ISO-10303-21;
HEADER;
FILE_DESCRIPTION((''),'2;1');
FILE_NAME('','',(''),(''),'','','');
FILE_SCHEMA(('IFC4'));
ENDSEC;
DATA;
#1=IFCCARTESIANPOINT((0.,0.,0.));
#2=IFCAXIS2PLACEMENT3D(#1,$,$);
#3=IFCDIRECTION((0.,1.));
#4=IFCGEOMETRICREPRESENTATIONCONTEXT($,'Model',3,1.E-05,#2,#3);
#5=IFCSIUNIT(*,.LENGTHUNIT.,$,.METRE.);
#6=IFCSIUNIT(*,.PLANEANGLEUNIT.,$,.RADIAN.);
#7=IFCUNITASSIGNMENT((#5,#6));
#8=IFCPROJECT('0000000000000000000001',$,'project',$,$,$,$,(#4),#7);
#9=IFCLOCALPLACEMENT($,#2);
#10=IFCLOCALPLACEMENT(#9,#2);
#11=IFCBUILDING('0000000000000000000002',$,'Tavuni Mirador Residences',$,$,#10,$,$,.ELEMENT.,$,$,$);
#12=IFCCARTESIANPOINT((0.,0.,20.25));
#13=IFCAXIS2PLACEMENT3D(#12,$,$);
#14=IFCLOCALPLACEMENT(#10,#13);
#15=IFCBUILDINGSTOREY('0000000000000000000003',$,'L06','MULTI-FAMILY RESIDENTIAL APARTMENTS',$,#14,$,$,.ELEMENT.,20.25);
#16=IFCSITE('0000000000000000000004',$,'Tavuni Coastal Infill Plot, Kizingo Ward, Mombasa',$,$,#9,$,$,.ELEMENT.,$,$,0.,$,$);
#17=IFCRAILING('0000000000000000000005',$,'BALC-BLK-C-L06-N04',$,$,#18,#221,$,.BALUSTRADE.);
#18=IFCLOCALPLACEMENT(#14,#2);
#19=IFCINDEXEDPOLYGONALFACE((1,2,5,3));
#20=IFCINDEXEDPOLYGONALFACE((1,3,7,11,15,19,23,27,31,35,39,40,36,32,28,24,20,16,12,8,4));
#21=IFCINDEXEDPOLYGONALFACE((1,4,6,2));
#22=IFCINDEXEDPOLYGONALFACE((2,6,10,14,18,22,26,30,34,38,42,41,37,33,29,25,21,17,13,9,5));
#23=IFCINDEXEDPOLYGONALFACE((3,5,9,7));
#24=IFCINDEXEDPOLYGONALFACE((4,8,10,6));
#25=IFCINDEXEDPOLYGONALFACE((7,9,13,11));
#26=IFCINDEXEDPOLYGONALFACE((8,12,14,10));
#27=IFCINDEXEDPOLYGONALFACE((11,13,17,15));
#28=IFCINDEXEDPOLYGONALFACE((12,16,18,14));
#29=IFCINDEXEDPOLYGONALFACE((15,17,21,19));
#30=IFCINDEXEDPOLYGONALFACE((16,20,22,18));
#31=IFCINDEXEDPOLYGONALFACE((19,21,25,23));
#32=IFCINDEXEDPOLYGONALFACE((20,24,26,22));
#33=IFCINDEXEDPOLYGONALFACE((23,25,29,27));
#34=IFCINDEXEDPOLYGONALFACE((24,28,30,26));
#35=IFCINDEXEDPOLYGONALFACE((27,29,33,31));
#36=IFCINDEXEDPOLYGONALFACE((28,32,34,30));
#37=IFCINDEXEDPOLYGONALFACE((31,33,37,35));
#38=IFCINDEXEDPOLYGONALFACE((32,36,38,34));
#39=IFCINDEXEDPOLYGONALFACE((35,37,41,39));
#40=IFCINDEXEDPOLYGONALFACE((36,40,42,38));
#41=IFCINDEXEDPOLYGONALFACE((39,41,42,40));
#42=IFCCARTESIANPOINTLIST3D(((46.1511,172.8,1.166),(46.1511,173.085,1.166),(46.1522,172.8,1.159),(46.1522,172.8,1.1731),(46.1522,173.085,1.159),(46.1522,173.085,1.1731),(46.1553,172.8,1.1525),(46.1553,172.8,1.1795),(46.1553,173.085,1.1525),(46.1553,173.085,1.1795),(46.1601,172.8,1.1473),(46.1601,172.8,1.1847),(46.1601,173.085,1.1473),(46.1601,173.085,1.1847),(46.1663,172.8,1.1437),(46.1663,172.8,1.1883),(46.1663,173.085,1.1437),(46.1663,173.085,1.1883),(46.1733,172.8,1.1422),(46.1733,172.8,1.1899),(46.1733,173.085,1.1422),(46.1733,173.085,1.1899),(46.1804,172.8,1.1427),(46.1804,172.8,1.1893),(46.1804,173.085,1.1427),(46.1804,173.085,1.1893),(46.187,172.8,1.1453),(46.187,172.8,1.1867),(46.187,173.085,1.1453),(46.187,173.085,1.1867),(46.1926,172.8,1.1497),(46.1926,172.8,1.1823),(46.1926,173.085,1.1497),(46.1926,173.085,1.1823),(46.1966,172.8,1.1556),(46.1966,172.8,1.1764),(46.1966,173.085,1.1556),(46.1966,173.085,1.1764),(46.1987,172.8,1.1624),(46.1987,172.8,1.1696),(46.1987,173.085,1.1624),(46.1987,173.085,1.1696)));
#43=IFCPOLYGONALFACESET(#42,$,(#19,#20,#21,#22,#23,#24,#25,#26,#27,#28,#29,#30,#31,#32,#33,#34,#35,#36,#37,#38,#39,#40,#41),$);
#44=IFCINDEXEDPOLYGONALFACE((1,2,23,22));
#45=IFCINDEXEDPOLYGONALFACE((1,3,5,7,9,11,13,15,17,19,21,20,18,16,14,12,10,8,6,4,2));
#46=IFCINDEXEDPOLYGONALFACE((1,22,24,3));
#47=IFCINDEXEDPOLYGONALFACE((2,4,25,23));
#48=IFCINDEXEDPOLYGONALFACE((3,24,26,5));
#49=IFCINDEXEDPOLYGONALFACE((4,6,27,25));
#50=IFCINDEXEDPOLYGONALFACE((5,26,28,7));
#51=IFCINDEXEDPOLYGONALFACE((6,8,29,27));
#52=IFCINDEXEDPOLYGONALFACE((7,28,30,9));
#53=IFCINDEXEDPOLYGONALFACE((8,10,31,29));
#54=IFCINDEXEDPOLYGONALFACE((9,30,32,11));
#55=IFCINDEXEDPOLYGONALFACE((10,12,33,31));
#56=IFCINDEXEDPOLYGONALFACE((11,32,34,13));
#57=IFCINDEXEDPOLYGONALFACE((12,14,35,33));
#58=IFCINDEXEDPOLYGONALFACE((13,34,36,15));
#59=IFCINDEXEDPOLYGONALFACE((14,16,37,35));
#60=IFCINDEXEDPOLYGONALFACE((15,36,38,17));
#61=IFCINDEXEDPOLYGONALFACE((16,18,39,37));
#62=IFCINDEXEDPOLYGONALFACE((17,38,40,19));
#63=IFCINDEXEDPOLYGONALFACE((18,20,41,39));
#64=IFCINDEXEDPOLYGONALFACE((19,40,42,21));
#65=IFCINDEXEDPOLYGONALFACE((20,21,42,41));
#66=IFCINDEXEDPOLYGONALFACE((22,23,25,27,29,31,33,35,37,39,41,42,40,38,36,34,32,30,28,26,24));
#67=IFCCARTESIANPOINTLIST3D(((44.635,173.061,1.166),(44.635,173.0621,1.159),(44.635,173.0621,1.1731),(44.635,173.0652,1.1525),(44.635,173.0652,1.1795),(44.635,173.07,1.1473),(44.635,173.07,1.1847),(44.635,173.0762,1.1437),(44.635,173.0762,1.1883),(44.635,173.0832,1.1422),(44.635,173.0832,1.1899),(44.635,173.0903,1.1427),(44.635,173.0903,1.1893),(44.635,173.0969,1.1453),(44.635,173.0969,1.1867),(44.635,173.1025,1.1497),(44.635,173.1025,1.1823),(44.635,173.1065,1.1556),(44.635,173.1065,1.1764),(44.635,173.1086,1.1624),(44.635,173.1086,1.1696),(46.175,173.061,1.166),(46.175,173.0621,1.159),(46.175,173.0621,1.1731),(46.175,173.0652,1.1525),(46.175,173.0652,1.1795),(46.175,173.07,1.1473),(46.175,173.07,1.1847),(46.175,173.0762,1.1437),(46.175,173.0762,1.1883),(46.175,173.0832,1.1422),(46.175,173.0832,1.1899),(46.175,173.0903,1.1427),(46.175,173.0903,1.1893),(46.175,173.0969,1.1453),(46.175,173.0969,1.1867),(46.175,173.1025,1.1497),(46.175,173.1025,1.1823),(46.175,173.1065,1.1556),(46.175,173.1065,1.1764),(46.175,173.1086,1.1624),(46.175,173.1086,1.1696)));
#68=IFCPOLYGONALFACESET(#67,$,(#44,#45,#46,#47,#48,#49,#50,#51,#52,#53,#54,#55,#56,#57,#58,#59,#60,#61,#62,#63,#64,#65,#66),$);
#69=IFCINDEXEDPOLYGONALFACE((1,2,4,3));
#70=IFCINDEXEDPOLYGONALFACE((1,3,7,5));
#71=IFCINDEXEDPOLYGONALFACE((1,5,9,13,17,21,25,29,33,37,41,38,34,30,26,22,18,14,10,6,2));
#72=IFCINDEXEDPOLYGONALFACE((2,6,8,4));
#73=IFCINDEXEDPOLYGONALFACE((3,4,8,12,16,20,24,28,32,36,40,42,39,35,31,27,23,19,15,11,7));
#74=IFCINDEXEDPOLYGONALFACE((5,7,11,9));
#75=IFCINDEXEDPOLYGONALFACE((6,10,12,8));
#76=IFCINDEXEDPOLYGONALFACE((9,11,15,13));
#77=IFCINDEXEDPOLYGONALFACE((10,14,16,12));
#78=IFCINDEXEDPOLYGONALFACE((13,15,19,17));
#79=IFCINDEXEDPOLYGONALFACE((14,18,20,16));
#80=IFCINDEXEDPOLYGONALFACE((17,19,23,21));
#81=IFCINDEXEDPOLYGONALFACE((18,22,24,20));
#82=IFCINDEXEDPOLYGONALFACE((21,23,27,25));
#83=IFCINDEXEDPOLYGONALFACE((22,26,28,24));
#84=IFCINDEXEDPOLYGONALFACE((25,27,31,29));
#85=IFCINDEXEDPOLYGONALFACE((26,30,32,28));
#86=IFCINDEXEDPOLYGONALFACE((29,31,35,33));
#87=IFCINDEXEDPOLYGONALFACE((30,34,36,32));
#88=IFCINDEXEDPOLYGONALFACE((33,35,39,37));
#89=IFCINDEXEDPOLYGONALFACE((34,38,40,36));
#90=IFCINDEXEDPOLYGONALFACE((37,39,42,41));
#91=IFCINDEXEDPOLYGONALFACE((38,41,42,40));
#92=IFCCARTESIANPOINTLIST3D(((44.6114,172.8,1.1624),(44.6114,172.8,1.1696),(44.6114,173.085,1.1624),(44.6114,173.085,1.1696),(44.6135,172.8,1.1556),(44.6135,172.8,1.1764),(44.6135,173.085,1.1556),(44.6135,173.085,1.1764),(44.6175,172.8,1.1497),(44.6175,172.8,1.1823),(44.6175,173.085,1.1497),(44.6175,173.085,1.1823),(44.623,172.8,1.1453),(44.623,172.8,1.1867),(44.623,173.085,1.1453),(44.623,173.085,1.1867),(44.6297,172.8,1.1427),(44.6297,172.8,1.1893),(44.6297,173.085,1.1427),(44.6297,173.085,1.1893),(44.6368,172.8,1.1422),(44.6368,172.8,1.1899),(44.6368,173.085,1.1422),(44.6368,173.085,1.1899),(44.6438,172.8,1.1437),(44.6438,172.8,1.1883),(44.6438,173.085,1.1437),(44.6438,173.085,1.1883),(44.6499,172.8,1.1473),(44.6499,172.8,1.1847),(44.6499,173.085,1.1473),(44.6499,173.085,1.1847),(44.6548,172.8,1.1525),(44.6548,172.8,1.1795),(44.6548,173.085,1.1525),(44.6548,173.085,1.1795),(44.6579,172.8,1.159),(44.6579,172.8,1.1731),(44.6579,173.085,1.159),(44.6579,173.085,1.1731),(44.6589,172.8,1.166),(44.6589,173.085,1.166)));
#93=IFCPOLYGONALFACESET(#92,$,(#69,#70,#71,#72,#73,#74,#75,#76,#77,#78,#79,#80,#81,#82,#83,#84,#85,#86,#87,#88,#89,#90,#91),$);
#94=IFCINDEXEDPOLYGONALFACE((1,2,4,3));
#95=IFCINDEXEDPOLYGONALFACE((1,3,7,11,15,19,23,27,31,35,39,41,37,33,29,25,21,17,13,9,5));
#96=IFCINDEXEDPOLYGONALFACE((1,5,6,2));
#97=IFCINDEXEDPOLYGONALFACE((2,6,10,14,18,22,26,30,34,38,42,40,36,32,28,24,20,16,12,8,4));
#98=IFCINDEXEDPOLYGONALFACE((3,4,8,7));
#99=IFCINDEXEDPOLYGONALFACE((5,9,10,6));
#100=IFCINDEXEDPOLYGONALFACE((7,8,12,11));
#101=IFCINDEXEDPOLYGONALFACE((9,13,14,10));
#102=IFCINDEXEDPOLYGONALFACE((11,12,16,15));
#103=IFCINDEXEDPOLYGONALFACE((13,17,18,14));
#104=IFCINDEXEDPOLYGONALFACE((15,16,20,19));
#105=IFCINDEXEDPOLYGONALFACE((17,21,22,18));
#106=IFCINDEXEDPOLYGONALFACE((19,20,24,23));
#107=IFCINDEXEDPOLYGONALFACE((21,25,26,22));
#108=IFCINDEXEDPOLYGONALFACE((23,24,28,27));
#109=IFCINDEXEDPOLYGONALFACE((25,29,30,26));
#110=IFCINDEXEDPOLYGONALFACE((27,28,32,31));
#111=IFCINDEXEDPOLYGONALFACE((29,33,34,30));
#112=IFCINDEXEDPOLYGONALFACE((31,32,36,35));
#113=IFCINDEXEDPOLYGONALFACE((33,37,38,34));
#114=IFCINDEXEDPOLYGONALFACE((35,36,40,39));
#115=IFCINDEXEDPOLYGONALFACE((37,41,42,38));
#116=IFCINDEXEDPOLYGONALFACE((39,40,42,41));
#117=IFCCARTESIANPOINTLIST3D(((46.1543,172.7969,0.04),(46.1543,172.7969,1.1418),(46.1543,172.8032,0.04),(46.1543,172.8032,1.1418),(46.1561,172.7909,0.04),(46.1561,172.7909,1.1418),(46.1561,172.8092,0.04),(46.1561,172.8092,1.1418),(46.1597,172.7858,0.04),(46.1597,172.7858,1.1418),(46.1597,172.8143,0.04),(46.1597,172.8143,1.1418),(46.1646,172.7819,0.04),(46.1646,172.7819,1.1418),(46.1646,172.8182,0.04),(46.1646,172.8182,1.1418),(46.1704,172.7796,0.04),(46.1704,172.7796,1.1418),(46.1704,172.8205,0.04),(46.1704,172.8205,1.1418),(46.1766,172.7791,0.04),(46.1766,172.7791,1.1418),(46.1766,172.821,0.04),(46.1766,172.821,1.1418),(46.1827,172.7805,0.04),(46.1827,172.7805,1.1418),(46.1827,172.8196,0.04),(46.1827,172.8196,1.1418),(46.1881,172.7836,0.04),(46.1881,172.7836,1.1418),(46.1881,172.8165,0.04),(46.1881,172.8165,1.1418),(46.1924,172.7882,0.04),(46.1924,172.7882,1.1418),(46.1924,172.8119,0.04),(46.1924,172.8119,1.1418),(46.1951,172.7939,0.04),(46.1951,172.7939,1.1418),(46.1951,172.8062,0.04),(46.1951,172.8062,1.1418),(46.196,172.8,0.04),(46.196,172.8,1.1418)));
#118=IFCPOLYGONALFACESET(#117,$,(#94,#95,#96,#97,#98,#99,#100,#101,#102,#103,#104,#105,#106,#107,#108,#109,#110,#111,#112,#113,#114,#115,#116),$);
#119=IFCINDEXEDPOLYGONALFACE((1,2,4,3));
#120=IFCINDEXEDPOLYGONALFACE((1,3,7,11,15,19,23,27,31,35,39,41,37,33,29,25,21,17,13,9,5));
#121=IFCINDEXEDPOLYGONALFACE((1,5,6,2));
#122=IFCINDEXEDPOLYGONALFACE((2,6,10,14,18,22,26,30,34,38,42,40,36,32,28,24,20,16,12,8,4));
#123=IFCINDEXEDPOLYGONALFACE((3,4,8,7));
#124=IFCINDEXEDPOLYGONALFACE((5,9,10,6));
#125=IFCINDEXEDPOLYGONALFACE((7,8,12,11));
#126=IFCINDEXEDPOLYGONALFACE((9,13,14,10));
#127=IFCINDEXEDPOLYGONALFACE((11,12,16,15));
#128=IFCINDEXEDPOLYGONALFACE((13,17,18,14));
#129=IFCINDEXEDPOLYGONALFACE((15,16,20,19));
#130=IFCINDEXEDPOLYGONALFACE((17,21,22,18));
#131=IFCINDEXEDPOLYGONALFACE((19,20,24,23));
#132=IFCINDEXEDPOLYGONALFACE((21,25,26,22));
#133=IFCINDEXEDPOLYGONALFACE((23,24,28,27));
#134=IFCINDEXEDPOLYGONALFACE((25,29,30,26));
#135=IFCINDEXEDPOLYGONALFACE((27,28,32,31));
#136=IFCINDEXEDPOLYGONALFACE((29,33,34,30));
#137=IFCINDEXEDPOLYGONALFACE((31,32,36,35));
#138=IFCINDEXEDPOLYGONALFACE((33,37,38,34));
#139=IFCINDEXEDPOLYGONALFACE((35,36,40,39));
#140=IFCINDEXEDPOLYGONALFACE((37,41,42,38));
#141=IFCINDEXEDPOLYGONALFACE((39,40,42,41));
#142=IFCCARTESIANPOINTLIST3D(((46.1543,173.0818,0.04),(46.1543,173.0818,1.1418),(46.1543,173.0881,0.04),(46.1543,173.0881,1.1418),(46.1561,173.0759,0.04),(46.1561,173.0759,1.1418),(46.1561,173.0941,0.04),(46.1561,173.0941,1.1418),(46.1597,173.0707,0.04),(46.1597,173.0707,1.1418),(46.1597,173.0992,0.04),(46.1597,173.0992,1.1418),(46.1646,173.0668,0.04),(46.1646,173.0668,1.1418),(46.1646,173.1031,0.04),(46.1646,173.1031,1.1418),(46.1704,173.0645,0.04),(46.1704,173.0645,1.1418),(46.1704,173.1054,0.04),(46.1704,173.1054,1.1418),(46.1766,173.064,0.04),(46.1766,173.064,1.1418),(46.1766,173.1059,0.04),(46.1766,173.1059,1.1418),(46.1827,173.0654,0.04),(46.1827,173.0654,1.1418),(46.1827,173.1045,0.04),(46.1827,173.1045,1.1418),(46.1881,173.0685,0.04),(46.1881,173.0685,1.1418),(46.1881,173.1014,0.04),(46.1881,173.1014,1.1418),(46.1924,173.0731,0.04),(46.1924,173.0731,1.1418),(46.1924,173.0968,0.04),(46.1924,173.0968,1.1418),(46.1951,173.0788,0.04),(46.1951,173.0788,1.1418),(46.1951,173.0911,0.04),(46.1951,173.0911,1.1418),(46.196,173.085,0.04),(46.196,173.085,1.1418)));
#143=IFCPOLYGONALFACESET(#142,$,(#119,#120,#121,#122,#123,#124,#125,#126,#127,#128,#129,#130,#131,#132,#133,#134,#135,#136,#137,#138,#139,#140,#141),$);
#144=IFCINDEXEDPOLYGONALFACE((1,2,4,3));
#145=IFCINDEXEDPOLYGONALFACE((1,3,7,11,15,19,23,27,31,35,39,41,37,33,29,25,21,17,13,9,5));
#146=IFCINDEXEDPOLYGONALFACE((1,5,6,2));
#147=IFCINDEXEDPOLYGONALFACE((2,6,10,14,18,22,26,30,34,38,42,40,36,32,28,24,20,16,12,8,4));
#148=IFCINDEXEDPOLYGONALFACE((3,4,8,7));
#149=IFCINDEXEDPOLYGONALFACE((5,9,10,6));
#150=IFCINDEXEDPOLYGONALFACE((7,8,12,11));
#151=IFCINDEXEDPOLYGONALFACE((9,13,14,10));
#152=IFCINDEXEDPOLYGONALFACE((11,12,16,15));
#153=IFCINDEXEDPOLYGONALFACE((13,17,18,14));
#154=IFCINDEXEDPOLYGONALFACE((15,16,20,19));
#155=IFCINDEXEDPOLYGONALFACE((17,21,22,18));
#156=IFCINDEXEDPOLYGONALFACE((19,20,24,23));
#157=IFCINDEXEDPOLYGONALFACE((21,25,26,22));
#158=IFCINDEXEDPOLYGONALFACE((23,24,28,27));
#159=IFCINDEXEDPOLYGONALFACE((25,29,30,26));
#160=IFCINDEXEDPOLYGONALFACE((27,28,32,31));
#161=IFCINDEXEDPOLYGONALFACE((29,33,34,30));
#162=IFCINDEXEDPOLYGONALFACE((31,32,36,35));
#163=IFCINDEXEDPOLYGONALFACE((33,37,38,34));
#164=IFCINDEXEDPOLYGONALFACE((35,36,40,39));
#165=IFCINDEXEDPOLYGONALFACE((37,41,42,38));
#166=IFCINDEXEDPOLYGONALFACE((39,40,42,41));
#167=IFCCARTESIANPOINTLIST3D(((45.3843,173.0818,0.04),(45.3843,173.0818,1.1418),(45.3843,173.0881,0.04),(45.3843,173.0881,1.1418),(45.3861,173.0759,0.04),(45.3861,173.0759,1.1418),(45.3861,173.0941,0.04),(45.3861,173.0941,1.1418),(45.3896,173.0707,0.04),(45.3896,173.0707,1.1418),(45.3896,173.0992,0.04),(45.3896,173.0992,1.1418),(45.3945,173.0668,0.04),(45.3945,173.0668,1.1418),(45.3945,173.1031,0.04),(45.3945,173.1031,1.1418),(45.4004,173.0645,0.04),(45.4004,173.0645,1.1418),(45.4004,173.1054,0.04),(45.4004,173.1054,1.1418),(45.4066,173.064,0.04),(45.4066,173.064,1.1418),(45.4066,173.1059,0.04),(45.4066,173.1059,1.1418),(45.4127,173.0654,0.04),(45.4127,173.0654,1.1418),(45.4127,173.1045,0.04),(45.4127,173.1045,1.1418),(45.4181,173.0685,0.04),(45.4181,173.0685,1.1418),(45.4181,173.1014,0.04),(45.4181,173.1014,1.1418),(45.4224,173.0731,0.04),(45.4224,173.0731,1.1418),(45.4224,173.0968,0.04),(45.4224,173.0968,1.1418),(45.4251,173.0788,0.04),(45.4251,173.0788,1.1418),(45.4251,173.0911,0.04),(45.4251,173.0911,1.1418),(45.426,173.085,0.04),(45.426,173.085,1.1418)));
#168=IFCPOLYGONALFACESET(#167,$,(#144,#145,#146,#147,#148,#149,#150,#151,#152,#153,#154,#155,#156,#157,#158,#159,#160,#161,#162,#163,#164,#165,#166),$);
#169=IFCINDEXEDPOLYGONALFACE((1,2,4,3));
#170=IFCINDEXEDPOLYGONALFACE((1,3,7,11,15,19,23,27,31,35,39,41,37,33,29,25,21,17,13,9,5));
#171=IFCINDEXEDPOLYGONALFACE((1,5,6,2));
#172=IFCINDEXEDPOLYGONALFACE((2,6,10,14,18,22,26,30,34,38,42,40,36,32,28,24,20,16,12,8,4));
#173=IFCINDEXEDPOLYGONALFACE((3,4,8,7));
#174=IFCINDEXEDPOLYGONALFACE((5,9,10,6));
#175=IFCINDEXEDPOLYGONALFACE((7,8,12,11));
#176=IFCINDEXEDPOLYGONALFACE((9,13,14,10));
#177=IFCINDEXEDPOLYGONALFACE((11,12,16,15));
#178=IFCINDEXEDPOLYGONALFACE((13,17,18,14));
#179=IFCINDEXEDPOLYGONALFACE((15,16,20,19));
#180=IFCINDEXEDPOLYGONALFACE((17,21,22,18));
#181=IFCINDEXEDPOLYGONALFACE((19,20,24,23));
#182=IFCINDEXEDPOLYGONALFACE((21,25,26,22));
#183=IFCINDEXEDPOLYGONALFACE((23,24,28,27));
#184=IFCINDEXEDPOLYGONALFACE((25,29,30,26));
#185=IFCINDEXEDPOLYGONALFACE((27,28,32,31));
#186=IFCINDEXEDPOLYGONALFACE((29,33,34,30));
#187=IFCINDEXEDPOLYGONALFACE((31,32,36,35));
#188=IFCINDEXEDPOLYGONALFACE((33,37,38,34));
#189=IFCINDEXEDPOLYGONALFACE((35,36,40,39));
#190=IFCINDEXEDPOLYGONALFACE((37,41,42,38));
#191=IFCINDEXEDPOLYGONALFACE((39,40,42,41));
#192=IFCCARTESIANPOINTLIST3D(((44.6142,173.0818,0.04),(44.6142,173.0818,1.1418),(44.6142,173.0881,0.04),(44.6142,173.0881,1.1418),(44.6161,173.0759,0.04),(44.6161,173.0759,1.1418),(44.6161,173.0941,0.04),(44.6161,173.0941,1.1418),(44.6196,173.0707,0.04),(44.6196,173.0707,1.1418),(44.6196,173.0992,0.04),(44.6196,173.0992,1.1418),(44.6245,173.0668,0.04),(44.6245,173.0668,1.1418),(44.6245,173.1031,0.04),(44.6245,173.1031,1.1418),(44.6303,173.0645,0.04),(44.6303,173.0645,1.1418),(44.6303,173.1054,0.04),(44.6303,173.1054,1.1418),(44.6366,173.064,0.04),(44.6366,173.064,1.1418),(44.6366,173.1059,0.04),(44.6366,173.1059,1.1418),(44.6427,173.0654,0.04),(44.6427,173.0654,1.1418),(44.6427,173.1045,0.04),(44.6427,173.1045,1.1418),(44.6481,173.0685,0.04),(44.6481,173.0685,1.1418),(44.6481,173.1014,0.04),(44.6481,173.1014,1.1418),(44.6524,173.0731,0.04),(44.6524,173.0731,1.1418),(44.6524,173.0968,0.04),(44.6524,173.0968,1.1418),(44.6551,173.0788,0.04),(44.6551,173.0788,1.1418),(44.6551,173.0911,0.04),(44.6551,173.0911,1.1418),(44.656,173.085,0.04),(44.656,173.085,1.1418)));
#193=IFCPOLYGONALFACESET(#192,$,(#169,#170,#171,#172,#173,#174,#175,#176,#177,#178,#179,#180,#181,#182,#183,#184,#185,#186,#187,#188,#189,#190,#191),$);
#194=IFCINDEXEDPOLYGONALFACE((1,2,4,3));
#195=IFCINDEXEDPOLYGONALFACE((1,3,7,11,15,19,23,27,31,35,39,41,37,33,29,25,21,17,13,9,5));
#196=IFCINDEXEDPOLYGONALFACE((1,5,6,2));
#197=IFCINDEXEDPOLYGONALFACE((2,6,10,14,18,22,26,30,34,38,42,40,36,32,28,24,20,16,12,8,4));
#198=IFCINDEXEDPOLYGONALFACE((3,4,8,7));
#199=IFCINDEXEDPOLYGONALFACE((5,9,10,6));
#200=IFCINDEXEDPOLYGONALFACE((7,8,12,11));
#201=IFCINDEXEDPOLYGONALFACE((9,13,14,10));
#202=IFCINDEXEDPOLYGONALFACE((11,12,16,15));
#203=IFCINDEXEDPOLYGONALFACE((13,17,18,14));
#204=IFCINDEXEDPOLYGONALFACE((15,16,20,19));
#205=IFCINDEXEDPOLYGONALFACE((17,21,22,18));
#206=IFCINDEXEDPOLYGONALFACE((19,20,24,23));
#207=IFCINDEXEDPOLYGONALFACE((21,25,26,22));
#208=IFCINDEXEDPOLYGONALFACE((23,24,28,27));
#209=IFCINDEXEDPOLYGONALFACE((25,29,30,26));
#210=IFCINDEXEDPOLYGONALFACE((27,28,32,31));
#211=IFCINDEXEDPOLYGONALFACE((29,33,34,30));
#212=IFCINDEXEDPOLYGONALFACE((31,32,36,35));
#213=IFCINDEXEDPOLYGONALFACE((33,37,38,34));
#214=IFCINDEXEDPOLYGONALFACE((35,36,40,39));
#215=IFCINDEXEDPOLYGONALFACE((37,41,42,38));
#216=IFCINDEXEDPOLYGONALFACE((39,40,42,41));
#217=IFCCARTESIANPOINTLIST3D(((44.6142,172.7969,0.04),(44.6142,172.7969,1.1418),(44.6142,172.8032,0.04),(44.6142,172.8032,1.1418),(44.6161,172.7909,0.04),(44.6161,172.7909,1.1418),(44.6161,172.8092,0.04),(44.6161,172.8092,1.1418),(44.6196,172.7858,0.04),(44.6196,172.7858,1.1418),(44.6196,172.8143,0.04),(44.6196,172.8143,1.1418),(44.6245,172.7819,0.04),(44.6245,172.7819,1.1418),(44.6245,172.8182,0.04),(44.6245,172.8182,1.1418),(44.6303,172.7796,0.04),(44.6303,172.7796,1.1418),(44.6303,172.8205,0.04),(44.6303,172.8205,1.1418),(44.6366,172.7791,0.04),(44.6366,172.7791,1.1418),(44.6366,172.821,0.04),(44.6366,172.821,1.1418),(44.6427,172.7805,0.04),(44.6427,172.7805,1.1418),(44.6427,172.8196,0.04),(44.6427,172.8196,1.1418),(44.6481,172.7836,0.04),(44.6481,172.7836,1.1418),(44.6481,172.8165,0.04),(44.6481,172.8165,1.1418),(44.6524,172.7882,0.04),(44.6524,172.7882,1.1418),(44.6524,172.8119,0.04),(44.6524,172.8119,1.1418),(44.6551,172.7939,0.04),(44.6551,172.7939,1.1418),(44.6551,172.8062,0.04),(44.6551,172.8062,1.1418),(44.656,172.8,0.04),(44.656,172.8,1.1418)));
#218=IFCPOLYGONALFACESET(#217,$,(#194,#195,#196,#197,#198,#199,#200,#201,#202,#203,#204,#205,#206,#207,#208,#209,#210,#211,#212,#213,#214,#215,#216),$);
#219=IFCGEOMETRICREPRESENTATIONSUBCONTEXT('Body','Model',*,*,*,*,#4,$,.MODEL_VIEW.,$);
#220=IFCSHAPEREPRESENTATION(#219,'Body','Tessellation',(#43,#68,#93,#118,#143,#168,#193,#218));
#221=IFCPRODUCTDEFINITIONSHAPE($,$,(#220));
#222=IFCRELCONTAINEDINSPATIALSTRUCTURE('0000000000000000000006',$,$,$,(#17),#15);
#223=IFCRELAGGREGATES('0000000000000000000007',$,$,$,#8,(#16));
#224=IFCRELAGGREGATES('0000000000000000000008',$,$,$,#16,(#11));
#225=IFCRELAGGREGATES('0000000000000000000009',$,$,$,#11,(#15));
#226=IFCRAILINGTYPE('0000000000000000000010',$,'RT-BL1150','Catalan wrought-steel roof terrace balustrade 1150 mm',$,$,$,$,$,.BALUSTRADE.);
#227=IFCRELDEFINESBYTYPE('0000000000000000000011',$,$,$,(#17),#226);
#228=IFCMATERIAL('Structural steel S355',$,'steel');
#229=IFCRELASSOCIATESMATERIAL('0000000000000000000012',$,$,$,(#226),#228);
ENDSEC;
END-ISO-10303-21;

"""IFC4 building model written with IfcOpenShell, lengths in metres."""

from ifc_helpers import new_model, si_unit, direction, frame, origin, origin_2d, place, context, subcontext, project, spatial, circle, extrude, material, type_object, element, save


model = new_model("IFC4")

# Units and contexts
model_context = context("Model", 3, precision=1e-05, world=origin(), true_north=direction((0.0, 1.0)))
body_context = subcontext(model_context, "Body", "Model", "MODEL_VIEW")
ifc_project = project(units=[si_unit("LENGTHUNIT", "METRE"), si_unit("PLANEANGLEUNIT", "RADIAN")], contexts=[model_context])

# Site, building, storey
site_placement = place(None, origin())
site = spatial("IfcSite", under=ifc_project, at=site_placement, Name="Tavuni Coastal Infill Plot, Kizingo Ward, Mombasa", CompositionType="ELEMENT", RefElevation=0.0)
building_placement = place(site_placement, origin())
building = spatial("IfcBuilding", under=site, at=building_placement, Name="Tavuni Mirador Residences", CompositionType="ELEMENT")
storey_placement = place(building_placement, frame((0.0, 0.0, 20.25)))
storey = spatial("IfcBuildingStorey", under=building, at=storey_placement, Name="L06", Description="MULTI-FAMILY RESIDENTIAL APARTMENTS", CompositionType="ELEMENT", Elevation=20.25)

# Railing
ifc_material_1 = material(Name="Structural steel S355", Category="steel")
railing_type = type_object("IfcRailingType", Name="RT-BL1150", Description="Catalan wrought-steel roof terrace balustrade 1150 mm", PredefinedType="BALUSTRADE", material=ifc_material_1)
railing_placement = place(storey_placement, frame((46.175, 172.8, 0.04)))
element("IfcRailing", 1, at=railing_placement, inside=storey, type_object=railing_type, Name="BALC-BLK-C-L06-N04", PredefinedType="BALUSTRADE", context=body_context, shape_type="SweptSolid", body=[
    extrude(circle(Radius=0.0239, at=origin_2d()), frame((0.0, 0.0, 1.126), z_axis=(0.0, 1.0, 0.0), x_axis=(-1.0, 0.0, 0.0)), (0.0, 0.0, 1.0), 0.2849),
    extrude(circle(Radius=0.0239, at=origin_2d()), frame((0.0, 0.2849, 1.126), z_axis=(-1.0, 0.0, 0.0), x_axis=(0.0, -1.0, 0.0)), (0.0, 0.0, 1.0), 1.54),
    extrude(circle(Radius=0.0239, at=origin_2d()), frame((-1.54, 0.2849, 1.126), z_axis=(0.0, -1.0, 0.0), x_axis=(1.0, 0.0, 0.0)), (0.0, 0.0, 1.0), 0.2849),
    extrude(circle(Radius=0.021, at=origin_2d()), origin(), (0.0, 0.0, 1.0), 1.1018),
    extrude(circle(Radius=0.021, at=origin_2d()), frame((0.0, 0.2849, 0.0)), (0.0, 0.0, 1.0), 1.1018),
    extrude(circle(Radius=0.021, at=origin_2d()), frame((-0.77, 0.2849, 0.0)), (0.0, 0.0, 1.0), 1.1018),
    extrude(circle(Radius=0.021, at=origin_2d()), frame((-1.54, 0.2849, 0.0)), (0.0, 0.0, 1.0), 1.1018),
    extrude(circle(Radius=0.021, at=origin_2d()), frame((-1.54, 0.0, 0.0)), (0.0, 0.0, 1.0), 1.1018),
])

save(model, "model.ifc")
